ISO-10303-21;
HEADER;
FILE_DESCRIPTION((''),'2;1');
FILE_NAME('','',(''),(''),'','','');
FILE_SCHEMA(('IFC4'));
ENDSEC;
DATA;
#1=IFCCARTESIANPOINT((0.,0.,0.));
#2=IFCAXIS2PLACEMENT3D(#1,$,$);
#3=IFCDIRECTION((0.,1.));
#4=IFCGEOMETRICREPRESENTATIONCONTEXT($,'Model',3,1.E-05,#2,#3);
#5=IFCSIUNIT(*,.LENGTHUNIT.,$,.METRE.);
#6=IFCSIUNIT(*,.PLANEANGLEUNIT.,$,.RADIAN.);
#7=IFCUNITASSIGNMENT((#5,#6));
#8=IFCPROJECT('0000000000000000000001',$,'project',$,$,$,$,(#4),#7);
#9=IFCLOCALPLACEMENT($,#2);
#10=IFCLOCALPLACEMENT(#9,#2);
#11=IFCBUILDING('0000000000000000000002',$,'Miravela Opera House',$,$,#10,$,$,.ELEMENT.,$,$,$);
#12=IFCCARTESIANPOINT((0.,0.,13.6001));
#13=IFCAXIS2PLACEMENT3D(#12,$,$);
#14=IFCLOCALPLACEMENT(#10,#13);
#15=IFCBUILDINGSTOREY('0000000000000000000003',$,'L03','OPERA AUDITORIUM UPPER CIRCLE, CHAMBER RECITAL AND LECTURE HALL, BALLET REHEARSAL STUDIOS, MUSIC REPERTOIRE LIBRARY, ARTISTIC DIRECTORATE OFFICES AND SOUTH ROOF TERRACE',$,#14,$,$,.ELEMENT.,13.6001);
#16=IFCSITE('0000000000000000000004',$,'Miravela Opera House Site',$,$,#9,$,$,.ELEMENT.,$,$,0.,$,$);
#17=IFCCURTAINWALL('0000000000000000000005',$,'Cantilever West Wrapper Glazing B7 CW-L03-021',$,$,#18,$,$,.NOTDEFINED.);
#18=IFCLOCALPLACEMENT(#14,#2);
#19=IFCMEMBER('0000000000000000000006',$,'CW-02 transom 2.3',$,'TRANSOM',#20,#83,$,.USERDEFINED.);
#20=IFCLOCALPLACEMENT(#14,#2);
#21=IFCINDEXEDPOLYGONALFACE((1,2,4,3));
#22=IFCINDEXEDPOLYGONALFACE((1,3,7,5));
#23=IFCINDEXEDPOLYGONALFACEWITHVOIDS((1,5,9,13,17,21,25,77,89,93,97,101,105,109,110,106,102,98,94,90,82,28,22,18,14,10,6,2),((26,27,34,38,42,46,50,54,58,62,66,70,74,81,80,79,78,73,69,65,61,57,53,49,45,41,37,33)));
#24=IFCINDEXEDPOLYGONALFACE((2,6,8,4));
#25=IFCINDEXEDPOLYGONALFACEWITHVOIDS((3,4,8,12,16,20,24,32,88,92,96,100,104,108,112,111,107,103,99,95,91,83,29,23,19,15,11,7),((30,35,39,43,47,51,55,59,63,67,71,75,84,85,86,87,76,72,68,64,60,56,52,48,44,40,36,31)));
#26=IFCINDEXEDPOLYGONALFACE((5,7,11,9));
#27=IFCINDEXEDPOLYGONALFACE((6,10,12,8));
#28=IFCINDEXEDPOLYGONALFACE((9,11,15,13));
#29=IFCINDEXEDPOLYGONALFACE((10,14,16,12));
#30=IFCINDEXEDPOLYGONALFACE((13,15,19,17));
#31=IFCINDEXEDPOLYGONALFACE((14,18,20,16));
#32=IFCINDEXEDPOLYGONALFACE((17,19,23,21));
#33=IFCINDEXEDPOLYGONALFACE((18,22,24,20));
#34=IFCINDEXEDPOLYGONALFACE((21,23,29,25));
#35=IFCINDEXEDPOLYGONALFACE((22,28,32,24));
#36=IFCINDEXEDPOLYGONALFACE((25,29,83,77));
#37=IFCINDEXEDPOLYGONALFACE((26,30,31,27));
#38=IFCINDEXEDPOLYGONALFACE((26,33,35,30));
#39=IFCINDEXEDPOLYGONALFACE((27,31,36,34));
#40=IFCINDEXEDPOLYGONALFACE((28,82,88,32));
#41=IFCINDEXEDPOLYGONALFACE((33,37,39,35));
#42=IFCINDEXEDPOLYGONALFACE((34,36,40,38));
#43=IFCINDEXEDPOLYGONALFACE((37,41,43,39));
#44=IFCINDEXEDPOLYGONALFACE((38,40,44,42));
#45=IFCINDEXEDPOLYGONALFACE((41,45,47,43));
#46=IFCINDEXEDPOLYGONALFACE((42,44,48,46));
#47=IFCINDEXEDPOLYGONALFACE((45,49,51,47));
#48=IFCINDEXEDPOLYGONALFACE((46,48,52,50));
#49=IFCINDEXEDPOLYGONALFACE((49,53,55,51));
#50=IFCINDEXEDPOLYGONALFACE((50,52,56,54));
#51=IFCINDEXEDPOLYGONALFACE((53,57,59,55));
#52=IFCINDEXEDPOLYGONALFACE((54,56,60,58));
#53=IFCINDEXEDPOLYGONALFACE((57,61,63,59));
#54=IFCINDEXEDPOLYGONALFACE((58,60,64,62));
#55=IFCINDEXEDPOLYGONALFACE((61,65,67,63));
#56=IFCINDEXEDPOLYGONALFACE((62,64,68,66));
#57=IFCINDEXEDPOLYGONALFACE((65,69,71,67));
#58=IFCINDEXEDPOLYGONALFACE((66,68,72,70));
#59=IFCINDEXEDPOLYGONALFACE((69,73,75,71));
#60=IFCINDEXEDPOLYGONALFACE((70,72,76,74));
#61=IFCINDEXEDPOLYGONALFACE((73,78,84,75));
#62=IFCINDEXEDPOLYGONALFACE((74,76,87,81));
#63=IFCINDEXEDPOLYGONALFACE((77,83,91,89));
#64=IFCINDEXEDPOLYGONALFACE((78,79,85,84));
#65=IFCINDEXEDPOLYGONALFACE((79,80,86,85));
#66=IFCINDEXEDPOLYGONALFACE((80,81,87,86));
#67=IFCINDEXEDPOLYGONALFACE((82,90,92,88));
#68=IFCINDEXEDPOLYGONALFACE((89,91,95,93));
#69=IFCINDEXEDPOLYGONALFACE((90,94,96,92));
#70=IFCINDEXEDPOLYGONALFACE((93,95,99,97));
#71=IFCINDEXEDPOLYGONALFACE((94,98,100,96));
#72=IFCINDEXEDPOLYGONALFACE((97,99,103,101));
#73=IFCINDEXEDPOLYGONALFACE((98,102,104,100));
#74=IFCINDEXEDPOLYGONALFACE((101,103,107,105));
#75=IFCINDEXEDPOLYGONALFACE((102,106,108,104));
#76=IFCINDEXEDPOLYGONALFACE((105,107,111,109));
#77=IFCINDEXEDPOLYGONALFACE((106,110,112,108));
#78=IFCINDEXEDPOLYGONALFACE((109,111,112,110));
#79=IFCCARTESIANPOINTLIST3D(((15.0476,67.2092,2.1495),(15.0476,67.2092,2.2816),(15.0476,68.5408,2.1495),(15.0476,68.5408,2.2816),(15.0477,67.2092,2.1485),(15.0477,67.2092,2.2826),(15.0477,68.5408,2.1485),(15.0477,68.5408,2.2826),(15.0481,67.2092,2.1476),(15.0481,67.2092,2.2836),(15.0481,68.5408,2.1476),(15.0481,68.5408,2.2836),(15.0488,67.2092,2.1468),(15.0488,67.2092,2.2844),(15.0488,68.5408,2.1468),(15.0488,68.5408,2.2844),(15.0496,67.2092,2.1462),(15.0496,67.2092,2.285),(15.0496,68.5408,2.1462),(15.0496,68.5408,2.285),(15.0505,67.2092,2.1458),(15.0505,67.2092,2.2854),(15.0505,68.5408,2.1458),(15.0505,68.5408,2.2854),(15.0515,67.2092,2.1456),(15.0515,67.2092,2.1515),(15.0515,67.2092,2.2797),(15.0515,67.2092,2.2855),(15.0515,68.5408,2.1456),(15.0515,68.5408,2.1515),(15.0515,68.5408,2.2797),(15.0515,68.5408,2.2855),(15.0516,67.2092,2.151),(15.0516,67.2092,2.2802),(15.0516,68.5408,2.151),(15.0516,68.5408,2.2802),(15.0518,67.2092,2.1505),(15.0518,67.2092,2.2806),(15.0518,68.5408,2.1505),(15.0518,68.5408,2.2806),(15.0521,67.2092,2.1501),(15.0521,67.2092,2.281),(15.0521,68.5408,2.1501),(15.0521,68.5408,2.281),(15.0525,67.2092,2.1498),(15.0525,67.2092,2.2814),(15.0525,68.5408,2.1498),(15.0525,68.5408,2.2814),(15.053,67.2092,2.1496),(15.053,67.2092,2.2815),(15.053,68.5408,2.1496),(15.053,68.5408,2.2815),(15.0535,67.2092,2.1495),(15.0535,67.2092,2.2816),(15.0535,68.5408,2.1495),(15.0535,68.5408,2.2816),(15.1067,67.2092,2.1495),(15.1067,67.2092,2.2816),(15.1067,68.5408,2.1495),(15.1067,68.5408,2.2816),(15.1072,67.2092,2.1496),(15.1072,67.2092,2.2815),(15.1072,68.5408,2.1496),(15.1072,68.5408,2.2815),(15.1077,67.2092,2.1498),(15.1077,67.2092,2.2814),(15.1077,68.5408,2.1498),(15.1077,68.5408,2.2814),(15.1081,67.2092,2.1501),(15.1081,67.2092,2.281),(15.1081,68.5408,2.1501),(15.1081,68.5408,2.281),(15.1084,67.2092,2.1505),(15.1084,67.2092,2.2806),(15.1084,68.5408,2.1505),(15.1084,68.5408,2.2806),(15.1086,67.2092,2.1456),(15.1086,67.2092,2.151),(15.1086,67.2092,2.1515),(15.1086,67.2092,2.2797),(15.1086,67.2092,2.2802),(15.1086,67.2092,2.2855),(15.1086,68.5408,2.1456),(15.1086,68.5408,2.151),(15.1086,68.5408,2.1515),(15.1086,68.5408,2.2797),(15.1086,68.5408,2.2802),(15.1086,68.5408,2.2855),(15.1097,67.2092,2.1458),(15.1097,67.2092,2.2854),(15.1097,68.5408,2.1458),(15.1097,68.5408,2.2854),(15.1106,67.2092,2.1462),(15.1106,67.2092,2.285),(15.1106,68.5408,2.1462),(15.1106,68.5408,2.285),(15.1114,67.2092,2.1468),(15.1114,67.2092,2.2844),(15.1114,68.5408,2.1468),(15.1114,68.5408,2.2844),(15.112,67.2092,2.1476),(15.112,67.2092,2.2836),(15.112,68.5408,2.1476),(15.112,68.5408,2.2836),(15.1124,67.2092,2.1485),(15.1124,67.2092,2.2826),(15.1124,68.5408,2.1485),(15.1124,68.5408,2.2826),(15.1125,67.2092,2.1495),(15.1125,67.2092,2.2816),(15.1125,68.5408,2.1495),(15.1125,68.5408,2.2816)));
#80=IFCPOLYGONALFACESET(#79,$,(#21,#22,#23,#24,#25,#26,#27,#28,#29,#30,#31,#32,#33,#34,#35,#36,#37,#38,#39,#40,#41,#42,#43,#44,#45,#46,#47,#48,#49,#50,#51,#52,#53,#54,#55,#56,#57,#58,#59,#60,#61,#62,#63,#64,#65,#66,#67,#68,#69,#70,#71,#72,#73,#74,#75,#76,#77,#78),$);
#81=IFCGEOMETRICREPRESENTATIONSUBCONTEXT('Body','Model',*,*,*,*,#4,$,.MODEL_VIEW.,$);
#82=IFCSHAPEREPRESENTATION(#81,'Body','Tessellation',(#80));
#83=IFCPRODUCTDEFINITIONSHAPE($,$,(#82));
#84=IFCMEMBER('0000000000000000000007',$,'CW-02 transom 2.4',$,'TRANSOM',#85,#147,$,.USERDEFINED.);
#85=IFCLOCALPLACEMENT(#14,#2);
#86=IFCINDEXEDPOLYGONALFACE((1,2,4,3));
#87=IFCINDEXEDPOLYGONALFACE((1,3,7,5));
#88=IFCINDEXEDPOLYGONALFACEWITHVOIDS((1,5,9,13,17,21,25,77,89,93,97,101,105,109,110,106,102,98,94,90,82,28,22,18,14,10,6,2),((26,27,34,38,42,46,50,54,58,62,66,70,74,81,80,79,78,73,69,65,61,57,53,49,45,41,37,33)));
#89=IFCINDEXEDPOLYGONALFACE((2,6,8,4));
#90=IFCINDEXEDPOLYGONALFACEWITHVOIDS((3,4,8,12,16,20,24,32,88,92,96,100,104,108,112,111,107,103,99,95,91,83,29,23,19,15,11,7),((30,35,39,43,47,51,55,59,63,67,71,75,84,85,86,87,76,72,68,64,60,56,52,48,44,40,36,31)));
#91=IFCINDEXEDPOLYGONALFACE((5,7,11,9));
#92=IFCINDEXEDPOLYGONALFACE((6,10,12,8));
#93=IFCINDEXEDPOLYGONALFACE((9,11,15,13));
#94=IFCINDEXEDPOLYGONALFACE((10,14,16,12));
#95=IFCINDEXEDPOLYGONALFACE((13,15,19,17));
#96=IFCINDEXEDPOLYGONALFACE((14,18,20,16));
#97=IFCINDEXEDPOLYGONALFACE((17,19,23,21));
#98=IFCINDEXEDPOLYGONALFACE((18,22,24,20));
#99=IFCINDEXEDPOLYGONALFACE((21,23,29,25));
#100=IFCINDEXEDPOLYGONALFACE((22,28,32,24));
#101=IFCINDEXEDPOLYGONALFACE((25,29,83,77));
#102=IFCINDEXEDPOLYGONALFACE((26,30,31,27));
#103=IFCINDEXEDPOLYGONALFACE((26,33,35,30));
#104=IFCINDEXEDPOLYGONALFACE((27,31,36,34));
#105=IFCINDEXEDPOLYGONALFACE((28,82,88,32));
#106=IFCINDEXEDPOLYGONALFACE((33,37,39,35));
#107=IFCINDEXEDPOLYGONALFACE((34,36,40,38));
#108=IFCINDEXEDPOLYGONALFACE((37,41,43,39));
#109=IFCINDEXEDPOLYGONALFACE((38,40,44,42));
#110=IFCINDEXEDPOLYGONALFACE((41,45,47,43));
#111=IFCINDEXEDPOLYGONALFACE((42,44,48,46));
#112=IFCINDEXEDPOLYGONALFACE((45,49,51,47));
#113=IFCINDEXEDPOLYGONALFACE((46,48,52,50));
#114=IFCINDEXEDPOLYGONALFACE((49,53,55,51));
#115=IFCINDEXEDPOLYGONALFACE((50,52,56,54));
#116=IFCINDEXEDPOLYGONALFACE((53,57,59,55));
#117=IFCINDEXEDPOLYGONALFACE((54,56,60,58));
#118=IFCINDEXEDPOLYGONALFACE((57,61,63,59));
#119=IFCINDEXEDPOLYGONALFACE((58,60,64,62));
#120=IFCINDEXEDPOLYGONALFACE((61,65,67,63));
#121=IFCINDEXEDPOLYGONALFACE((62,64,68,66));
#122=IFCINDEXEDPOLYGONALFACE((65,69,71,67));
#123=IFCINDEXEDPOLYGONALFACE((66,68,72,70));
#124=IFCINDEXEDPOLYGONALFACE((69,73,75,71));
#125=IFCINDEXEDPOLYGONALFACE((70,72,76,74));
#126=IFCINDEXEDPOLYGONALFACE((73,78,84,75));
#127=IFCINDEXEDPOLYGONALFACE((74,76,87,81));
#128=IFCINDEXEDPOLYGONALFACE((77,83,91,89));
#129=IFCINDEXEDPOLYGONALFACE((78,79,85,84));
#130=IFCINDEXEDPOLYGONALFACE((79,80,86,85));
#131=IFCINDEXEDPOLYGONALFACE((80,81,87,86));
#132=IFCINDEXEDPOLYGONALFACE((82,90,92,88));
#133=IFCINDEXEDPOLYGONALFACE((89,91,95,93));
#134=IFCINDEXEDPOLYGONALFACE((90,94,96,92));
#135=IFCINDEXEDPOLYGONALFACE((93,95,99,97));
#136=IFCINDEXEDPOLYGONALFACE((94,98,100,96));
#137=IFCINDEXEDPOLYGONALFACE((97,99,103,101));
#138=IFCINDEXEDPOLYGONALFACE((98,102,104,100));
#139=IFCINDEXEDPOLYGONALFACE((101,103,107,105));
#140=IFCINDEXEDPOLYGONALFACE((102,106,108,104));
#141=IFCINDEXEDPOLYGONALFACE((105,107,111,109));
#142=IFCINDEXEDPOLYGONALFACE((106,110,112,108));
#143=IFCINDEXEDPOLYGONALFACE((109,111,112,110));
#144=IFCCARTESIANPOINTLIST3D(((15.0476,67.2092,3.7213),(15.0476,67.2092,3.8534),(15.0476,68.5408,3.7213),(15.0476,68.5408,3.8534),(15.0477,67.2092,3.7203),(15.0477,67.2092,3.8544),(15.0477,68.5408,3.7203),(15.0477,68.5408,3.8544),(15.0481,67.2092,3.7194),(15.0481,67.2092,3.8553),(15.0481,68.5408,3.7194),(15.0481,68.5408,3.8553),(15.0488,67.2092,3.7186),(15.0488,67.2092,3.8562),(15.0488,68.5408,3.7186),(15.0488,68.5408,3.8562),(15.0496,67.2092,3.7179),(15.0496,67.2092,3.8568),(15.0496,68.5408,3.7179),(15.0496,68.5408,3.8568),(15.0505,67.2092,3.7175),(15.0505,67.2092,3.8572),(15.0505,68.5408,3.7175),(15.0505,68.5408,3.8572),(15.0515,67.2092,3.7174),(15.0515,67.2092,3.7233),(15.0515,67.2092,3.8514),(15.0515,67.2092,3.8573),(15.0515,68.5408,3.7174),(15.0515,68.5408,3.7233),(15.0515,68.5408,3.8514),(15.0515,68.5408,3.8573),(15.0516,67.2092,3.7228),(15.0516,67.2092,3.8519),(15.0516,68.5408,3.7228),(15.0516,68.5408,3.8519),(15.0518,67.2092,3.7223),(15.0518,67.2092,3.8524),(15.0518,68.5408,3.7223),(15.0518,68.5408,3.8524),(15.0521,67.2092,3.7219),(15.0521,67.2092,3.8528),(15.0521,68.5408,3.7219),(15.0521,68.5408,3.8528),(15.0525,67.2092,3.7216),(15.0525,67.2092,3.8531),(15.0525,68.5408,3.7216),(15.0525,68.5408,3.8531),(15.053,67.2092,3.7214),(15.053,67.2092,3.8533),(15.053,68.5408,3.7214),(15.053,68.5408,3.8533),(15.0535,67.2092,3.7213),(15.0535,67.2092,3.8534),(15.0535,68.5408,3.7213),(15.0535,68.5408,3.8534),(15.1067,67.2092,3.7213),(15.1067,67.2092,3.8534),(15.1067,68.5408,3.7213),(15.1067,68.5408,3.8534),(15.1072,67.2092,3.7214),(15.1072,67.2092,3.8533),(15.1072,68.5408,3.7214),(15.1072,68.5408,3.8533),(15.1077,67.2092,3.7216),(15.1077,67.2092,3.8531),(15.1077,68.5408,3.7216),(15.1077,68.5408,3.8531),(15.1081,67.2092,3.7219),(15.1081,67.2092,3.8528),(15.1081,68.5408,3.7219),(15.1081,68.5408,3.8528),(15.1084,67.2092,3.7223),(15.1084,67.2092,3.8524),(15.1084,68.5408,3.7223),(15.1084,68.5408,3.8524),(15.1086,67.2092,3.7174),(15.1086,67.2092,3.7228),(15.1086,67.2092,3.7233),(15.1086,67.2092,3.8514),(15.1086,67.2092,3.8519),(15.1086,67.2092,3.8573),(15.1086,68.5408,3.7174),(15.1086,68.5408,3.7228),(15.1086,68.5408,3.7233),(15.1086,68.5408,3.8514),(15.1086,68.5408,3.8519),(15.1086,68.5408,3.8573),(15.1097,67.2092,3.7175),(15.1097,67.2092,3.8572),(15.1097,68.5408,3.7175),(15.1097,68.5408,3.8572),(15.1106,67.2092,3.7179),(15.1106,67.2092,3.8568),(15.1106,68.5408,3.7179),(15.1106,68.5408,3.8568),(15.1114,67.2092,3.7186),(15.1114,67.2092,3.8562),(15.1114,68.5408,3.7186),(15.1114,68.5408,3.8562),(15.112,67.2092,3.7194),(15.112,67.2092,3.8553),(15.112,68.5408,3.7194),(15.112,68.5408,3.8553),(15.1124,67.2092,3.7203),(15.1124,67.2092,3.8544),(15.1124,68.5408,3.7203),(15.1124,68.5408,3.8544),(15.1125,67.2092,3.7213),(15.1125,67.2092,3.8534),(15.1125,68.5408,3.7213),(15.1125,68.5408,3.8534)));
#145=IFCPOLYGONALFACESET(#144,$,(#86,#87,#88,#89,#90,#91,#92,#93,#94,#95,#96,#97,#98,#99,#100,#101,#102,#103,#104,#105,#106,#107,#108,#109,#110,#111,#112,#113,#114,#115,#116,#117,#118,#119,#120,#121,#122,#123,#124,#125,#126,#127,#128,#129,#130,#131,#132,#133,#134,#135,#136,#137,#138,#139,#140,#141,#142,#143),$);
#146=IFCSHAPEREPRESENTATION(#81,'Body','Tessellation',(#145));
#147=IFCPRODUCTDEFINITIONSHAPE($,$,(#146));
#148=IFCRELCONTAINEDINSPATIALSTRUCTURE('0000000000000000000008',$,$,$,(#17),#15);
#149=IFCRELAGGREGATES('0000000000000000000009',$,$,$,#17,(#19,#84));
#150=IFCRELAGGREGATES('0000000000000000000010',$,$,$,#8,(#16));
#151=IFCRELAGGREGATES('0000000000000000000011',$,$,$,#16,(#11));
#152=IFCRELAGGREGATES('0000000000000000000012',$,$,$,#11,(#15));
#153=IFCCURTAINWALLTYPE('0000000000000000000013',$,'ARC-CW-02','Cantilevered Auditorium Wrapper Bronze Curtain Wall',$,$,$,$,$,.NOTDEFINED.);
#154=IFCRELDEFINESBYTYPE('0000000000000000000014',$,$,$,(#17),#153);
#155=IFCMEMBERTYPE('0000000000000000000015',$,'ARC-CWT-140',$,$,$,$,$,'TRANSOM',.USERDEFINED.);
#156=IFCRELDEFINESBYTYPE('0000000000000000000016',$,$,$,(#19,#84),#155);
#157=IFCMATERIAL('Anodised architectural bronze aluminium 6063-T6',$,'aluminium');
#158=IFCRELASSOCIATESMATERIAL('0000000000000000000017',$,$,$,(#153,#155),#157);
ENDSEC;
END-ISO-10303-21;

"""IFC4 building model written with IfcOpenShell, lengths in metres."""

from ifc_helpers import new_model, si_unit, direction, frame, origin, origin_2d, place, context, subcontext, project, spatial, hollow_rectangle, extrude, material, material_profile, profile_set, type_object, element, aggregate, save


model = new_model("IFC4")

# Units and contexts
model_context = context("Model", 3, precision=1e-05, world=origin(), true_north=direction((0.0, 1.0)))
body_context = subcontext(model_context, "Body", "Model", "MODEL_VIEW")
ifc_project = project(units=[si_unit("LENGTHUNIT", "METRE"), si_unit("PLANEANGLEUNIT", "RADIAN")], contexts=[model_context])

# Site, building, storey
site_placement = place(None, origin())
site = spatial("IfcSite", under=ifc_project, at=site_placement, Name="Miravela Opera House Site", CompositionType="ELEMENT", RefElevation=0.0)
building_placement = place(site_placement, origin())
building = spatial("IfcBuilding", under=site, at=building_placement, Name="Miravela Opera House", CompositionType="ELEMENT")
storey_placement = place(building_placement, frame((0.0, 0.0, 13.6001)))
storey = spatial("IfcBuildingStorey", under=building, at=storey_placement, Name="L03", Description="OPERA AUDITORIUM UPPER CIRCLE, CHAMBER RECITAL AND LECTURE HALL, BALLET REHEARSAL STUDIOS, MUSIC REPERTOIRE LIBRARY, ARTISTIC DIRECTORATE OFFICES AND SOUTH ROOF TERRACE", CompositionType="ELEMENT", Elevation=13.6001)

# Curtain wall
ifc_material_1 = material(Name="Anodised architectural bronze aluminium 6063-T6", Category="aluminium")
curtain_wall_type = type_object("IfcCurtainWallType", Name="ARC-CW-02", Description="Cantilevered Auditorium Wrapper Bronze Curtain Wall", PredefinedType="NOTDEFINED", material=ifc_material_1)
curtain_wall_1_placement = place(storey_placement, origin())
curtain_wall_1 = element("IfcCurtainWall", 1, at=curtain_wall_1_placement, inside=storey, type_object=curtain_wall_type, Name="Cantilever West Wrapper Glazing B7 CW-L03-021", PredefinedType="NOTDEFINED")

# Members
ifc_material_profile_1 = material_profile(ifc_material_1, hollow_rectangle(XDim=0.0649, YDim=0.1399, WallThickness=0.0039, InnerFilletRadius=0.002, OuterFilletRadius=0.0039, at=origin_2d()), Name="CWT-65X140")
ifc_profile_set_1 = profile_set([ifc_material_profile_1])
member_type_1 = type_object("IfcMemberType", Name="ARC-CWT-140", ElementType="TRANSOM", PredefinedType="USERDEFINED", material=ifc_profile_set_1)
member_1_placement = place(storey_placement, frame((15.0801, 67.2092, 2.2156), z_axis=(0.0, 1.0, 0.0), x_axis=(-1.0, 0.0, 0.0)))
member_1 = element("IfcMember", 2, at=member_1_placement, type_object=member_type_1, Name="CW-02 transom 2.3", ObjectType="TRANSOM", PredefinedType="USERDEFINED", context=body_context, shape_type="SweptSolid", body=[
    extrude(hollow_rectangle(XDim=0.0649, YDim=0.1399, WallThickness=0.0039, InnerFilletRadius=0.002, OuterFilletRadius=0.0039, at=origin_2d()), origin(), (0.0, 0.0, 1.0), 1.3315),
])
member_2_placement = place(storey_placement, frame((15.0801, 67.2092, 3.7874), z_axis=(0.0, 1.0, 0.0), x_axis=(-1.0, 0.0, 0.0)))
member_2 = element("IfcMember", 3, at=member_2_placement, type_object=member_type_1, Name="CW-02 transom 2.4", ObjectType="TRANSOM", PredefinedType="USERDEFINED", context=body_context, shape_type="SweptSolid", body=[
    extrude(hollow_rectangle(XDim=0.0649, YDim=0.1399, WallThickness=0.0039, InnerFilletRadius=0.002, OuterFilletRadius=0.0039, at=origin_2d()), origin(), (0.0, 0.0, 1.0), 1.3315),
])

aggregate(curtain_wall_1, [member_1, member_2])

save(model, "model.ifc")
